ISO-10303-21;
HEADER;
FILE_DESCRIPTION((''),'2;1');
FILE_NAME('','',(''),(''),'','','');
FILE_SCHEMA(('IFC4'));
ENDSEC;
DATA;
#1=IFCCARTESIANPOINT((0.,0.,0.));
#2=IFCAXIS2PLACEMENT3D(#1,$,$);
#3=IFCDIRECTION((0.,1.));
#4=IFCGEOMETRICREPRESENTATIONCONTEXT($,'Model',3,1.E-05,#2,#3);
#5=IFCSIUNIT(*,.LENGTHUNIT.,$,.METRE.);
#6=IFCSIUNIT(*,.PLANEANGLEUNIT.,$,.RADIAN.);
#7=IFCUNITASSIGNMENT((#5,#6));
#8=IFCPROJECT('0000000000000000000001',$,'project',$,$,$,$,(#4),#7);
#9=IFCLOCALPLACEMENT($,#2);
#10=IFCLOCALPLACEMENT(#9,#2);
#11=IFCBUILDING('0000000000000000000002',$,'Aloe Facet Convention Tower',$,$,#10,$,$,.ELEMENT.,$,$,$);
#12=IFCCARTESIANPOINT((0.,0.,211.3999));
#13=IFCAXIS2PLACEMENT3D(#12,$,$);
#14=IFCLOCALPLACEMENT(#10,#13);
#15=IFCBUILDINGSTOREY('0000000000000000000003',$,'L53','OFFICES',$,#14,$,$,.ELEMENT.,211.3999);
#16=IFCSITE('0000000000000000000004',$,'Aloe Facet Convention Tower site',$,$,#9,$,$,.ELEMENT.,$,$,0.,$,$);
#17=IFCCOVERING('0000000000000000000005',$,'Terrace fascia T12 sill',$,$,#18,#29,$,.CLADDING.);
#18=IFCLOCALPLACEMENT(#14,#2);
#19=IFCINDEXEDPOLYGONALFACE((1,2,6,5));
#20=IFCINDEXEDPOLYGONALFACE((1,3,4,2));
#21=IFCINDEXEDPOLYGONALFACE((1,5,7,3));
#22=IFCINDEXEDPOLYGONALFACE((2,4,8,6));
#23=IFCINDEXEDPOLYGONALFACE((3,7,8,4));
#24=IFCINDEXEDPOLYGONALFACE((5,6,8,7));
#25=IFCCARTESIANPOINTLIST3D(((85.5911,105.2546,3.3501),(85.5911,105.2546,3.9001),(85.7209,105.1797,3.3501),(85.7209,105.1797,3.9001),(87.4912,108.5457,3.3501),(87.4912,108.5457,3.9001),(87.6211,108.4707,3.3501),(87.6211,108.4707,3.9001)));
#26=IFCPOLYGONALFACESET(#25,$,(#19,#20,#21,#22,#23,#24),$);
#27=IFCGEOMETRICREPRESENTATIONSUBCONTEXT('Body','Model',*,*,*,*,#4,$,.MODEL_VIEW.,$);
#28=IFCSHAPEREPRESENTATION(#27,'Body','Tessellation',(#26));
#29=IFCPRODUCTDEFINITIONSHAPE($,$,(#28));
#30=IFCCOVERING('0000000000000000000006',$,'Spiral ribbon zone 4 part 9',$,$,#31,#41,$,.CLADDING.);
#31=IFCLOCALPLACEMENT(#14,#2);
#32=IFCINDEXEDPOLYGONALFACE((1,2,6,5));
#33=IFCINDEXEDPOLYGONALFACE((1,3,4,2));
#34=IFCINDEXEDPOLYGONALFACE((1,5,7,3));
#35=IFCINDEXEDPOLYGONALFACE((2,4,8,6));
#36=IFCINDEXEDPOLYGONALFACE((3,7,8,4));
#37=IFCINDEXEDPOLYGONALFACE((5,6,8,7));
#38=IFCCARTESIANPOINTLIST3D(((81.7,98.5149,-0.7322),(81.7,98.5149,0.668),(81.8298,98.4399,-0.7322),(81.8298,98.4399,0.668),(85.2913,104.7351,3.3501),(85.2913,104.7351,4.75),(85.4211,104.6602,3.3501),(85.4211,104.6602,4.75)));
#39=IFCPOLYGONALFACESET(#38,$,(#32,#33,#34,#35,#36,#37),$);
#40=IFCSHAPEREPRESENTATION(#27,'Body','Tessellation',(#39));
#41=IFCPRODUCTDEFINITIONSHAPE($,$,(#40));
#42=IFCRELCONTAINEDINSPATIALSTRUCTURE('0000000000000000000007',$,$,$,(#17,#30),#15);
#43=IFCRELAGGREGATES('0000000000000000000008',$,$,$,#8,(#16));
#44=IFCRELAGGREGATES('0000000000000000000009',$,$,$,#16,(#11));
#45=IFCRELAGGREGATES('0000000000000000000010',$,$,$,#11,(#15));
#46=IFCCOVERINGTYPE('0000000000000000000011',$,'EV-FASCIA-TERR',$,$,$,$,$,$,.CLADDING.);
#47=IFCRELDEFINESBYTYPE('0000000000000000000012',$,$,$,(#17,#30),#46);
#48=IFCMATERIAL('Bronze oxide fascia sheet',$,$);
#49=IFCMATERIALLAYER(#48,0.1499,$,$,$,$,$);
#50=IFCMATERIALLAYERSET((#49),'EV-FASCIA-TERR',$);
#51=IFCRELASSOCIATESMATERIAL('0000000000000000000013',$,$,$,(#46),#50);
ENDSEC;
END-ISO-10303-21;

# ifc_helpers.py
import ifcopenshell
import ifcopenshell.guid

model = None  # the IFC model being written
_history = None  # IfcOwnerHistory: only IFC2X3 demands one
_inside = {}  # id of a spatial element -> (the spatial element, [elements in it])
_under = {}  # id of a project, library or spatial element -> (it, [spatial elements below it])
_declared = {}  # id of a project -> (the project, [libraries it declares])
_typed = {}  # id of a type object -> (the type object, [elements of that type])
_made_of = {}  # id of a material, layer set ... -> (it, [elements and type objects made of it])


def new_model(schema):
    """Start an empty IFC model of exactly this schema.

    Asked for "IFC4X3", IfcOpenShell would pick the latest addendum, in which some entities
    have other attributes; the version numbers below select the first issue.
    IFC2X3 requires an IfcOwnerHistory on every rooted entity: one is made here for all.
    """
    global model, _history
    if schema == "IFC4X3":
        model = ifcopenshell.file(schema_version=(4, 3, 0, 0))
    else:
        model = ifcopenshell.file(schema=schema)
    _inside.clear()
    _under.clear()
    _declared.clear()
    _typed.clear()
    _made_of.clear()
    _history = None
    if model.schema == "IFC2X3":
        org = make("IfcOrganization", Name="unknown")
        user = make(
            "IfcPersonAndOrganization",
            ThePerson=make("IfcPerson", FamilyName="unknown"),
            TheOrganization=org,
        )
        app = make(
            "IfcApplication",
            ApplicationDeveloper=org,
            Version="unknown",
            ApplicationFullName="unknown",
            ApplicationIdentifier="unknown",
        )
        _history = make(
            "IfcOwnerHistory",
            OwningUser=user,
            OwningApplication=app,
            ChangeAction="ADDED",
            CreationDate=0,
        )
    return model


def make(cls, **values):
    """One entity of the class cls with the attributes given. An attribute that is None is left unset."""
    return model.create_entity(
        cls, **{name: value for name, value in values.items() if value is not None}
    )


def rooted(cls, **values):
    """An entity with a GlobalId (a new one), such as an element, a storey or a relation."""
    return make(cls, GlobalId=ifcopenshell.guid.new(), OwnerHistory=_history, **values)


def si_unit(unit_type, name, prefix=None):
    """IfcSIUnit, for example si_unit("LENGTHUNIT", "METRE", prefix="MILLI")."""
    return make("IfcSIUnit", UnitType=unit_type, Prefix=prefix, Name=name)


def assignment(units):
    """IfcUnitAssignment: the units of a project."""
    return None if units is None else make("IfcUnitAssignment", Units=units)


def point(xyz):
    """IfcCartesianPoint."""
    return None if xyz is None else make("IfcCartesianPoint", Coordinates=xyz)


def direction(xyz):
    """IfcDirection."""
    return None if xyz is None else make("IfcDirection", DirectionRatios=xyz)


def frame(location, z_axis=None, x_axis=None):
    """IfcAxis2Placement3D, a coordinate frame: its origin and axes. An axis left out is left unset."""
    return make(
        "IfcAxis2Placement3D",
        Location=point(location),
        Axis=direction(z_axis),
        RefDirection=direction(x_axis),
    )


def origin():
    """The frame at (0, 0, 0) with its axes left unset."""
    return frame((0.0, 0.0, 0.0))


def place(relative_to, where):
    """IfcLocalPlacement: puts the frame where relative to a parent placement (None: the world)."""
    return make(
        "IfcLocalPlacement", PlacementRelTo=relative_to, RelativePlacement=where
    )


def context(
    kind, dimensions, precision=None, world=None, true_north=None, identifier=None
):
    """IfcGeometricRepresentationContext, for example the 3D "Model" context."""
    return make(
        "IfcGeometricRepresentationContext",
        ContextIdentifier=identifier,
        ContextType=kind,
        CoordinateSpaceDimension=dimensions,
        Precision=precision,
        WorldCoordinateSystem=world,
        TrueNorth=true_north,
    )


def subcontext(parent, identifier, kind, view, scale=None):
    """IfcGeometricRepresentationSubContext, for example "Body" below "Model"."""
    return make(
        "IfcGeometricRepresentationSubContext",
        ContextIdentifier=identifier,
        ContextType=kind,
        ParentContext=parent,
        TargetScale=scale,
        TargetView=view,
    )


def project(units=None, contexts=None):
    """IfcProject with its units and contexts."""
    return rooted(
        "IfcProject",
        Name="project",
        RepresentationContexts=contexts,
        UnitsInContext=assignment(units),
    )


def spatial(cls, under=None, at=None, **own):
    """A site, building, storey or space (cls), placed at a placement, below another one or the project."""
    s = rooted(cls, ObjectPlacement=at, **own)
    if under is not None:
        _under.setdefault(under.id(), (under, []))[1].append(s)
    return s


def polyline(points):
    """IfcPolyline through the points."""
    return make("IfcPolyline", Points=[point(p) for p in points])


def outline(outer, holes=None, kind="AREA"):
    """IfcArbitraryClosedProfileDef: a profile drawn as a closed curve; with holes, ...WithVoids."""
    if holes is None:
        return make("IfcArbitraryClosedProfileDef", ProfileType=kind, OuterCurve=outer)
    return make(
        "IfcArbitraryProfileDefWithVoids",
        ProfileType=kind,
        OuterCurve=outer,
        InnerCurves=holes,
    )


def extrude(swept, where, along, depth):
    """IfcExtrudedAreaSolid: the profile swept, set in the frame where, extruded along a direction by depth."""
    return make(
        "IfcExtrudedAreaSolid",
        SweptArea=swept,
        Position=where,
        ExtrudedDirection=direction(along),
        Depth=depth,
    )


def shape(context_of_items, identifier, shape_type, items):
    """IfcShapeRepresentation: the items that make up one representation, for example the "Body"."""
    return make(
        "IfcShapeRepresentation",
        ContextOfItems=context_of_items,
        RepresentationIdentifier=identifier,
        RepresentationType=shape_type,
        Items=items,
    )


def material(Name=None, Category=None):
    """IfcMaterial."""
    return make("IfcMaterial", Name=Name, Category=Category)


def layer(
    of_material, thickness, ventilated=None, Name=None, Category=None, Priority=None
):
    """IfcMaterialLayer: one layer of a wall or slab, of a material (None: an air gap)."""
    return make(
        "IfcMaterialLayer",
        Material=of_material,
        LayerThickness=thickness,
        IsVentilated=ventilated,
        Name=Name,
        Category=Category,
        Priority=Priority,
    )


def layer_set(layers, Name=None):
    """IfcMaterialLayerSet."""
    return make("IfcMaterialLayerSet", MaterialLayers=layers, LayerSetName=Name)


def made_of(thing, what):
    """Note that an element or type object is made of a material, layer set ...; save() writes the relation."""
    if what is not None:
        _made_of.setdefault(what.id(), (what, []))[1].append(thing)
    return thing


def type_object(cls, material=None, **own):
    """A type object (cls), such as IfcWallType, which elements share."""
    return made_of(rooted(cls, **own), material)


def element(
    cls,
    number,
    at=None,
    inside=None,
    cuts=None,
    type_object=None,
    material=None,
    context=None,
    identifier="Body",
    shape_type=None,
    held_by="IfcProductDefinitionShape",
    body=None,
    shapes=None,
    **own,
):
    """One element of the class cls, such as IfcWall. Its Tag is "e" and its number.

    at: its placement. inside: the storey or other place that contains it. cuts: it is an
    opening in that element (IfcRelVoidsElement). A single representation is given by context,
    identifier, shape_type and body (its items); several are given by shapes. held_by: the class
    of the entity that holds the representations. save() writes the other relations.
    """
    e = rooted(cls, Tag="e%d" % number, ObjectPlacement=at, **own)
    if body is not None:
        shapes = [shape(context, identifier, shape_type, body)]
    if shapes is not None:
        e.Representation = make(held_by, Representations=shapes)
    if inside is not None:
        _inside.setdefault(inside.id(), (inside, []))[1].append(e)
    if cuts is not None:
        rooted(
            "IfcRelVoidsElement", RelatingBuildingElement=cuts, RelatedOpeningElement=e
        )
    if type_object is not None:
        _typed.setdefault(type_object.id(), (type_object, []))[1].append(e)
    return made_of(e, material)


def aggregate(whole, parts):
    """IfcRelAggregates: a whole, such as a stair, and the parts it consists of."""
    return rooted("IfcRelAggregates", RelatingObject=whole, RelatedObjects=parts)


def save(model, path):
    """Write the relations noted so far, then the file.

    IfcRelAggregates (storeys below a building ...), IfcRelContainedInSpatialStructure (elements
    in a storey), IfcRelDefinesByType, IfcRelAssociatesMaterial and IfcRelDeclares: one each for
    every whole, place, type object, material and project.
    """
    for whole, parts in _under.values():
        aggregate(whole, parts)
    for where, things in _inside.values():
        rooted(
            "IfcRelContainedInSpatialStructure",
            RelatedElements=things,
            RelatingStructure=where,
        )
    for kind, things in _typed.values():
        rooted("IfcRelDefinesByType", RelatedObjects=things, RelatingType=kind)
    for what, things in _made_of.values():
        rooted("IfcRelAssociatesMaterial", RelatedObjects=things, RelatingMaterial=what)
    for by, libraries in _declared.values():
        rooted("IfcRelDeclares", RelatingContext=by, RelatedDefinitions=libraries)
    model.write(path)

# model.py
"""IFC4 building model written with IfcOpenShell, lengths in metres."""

from ifc_helpers import new_model, si_unit, direction, frame, origin, place, context, subcontext, project, spatial, polyline, outline, extrude, material, layer, layer_set, type_object, element, save


model = new_model("IFC4")

# Units and contexts
model_context = context("Model", 3, precision=1e-05, world=origin(), true_north=direction((0.0, 1.0)))
body_context = subcontext(model_context, "Body", "Model", "MODEL_VIEW")
ifc_project = project(units=[si_unit("LENGTHUNIT", "METRE"), si_unit("PLANEANGLEUNIT", "RADIAN")], contexts=[model_context])

# Site, building, storey
site_placement = place(None, origin())
site = spatial("IfcSite", under=ifc_project, at=site_placement, Name="Aloe Facet Convention Tower site", CompositionType="ELEMENT", RefElevation=0.0)
building_placement = place(site_placement, origin())
building = spatial("IfcBuilding", under=site, at=building_placement, Name="Aloe Facet Convention Tower", CompositionType="ELEMENT")
storey_placement = place(building_placement, frame((0.0, 0.0, 211.3999)))
storey = spatial("IfcBuildingStorey", under=building, at=storey_placement, Name="L53", Description="OFFICES", CompositionType="ELEMENT", Elevation=211.3999)

# Coverings
ifc_material_1 = material(Name="Bronze oxide fascia sheet")
ifc_layer_1 = layer(ifc_material_1, 0.1499)
ifc_layer_set_1 = layer_set([ifc_layer_1], Name="EV-FASCIA-TERR")
covering_type = type_object("IfcCoveringType", Name="EV-FASCIA-TERR", PredefinedType="CLADDING", material=ifc_layer_set_1)
covering_1_placement = place(storey_placement, frame((0.0, 0.0, 3.3501)))
element("IfcCovering", 1, at=covering_1_placement, inside=storey, type_object=covering_type, Name="Terrace fascia T12 sill", PredefinedType="CLADDING", context=body_context, shape_type="SweptSolid", body=[
    extrude(outline(polyline([(85.7209, 105.1797), (87.6211, 108.4707), (87.4912, 108.5457), (85.5911, 105.2546), (85.7209, 105.1797)])), origin(), (0.0, 0.0, 1.0), 0.55),
])
covering_2_placement = place(storey_placement, frame((81.8298, 98.4399, -0.7322), z_axis=(0.866021, -0.500007, 0.0), x_axis=(0.4347, 0.75291, 0.494128)))
element("IfcCovering", 2, at=covering_2_placement, inside=storey, type_object=covering_type, Name="Spiral ribbon zone 4 part 9", PredefinedType="CLADDING", context=body_context, shape_type="SweptSolid", body=[
    extrude(outline(polyline([(0.0, 0.0), (8.2616, 0.0), (8.9533, 1.2171), (0.6919, 1.2173), (0.0, 0.0)])), origin(), (0.0, 0.0, -1.0), 0.1499),
])

save(model, "model.ifc")
